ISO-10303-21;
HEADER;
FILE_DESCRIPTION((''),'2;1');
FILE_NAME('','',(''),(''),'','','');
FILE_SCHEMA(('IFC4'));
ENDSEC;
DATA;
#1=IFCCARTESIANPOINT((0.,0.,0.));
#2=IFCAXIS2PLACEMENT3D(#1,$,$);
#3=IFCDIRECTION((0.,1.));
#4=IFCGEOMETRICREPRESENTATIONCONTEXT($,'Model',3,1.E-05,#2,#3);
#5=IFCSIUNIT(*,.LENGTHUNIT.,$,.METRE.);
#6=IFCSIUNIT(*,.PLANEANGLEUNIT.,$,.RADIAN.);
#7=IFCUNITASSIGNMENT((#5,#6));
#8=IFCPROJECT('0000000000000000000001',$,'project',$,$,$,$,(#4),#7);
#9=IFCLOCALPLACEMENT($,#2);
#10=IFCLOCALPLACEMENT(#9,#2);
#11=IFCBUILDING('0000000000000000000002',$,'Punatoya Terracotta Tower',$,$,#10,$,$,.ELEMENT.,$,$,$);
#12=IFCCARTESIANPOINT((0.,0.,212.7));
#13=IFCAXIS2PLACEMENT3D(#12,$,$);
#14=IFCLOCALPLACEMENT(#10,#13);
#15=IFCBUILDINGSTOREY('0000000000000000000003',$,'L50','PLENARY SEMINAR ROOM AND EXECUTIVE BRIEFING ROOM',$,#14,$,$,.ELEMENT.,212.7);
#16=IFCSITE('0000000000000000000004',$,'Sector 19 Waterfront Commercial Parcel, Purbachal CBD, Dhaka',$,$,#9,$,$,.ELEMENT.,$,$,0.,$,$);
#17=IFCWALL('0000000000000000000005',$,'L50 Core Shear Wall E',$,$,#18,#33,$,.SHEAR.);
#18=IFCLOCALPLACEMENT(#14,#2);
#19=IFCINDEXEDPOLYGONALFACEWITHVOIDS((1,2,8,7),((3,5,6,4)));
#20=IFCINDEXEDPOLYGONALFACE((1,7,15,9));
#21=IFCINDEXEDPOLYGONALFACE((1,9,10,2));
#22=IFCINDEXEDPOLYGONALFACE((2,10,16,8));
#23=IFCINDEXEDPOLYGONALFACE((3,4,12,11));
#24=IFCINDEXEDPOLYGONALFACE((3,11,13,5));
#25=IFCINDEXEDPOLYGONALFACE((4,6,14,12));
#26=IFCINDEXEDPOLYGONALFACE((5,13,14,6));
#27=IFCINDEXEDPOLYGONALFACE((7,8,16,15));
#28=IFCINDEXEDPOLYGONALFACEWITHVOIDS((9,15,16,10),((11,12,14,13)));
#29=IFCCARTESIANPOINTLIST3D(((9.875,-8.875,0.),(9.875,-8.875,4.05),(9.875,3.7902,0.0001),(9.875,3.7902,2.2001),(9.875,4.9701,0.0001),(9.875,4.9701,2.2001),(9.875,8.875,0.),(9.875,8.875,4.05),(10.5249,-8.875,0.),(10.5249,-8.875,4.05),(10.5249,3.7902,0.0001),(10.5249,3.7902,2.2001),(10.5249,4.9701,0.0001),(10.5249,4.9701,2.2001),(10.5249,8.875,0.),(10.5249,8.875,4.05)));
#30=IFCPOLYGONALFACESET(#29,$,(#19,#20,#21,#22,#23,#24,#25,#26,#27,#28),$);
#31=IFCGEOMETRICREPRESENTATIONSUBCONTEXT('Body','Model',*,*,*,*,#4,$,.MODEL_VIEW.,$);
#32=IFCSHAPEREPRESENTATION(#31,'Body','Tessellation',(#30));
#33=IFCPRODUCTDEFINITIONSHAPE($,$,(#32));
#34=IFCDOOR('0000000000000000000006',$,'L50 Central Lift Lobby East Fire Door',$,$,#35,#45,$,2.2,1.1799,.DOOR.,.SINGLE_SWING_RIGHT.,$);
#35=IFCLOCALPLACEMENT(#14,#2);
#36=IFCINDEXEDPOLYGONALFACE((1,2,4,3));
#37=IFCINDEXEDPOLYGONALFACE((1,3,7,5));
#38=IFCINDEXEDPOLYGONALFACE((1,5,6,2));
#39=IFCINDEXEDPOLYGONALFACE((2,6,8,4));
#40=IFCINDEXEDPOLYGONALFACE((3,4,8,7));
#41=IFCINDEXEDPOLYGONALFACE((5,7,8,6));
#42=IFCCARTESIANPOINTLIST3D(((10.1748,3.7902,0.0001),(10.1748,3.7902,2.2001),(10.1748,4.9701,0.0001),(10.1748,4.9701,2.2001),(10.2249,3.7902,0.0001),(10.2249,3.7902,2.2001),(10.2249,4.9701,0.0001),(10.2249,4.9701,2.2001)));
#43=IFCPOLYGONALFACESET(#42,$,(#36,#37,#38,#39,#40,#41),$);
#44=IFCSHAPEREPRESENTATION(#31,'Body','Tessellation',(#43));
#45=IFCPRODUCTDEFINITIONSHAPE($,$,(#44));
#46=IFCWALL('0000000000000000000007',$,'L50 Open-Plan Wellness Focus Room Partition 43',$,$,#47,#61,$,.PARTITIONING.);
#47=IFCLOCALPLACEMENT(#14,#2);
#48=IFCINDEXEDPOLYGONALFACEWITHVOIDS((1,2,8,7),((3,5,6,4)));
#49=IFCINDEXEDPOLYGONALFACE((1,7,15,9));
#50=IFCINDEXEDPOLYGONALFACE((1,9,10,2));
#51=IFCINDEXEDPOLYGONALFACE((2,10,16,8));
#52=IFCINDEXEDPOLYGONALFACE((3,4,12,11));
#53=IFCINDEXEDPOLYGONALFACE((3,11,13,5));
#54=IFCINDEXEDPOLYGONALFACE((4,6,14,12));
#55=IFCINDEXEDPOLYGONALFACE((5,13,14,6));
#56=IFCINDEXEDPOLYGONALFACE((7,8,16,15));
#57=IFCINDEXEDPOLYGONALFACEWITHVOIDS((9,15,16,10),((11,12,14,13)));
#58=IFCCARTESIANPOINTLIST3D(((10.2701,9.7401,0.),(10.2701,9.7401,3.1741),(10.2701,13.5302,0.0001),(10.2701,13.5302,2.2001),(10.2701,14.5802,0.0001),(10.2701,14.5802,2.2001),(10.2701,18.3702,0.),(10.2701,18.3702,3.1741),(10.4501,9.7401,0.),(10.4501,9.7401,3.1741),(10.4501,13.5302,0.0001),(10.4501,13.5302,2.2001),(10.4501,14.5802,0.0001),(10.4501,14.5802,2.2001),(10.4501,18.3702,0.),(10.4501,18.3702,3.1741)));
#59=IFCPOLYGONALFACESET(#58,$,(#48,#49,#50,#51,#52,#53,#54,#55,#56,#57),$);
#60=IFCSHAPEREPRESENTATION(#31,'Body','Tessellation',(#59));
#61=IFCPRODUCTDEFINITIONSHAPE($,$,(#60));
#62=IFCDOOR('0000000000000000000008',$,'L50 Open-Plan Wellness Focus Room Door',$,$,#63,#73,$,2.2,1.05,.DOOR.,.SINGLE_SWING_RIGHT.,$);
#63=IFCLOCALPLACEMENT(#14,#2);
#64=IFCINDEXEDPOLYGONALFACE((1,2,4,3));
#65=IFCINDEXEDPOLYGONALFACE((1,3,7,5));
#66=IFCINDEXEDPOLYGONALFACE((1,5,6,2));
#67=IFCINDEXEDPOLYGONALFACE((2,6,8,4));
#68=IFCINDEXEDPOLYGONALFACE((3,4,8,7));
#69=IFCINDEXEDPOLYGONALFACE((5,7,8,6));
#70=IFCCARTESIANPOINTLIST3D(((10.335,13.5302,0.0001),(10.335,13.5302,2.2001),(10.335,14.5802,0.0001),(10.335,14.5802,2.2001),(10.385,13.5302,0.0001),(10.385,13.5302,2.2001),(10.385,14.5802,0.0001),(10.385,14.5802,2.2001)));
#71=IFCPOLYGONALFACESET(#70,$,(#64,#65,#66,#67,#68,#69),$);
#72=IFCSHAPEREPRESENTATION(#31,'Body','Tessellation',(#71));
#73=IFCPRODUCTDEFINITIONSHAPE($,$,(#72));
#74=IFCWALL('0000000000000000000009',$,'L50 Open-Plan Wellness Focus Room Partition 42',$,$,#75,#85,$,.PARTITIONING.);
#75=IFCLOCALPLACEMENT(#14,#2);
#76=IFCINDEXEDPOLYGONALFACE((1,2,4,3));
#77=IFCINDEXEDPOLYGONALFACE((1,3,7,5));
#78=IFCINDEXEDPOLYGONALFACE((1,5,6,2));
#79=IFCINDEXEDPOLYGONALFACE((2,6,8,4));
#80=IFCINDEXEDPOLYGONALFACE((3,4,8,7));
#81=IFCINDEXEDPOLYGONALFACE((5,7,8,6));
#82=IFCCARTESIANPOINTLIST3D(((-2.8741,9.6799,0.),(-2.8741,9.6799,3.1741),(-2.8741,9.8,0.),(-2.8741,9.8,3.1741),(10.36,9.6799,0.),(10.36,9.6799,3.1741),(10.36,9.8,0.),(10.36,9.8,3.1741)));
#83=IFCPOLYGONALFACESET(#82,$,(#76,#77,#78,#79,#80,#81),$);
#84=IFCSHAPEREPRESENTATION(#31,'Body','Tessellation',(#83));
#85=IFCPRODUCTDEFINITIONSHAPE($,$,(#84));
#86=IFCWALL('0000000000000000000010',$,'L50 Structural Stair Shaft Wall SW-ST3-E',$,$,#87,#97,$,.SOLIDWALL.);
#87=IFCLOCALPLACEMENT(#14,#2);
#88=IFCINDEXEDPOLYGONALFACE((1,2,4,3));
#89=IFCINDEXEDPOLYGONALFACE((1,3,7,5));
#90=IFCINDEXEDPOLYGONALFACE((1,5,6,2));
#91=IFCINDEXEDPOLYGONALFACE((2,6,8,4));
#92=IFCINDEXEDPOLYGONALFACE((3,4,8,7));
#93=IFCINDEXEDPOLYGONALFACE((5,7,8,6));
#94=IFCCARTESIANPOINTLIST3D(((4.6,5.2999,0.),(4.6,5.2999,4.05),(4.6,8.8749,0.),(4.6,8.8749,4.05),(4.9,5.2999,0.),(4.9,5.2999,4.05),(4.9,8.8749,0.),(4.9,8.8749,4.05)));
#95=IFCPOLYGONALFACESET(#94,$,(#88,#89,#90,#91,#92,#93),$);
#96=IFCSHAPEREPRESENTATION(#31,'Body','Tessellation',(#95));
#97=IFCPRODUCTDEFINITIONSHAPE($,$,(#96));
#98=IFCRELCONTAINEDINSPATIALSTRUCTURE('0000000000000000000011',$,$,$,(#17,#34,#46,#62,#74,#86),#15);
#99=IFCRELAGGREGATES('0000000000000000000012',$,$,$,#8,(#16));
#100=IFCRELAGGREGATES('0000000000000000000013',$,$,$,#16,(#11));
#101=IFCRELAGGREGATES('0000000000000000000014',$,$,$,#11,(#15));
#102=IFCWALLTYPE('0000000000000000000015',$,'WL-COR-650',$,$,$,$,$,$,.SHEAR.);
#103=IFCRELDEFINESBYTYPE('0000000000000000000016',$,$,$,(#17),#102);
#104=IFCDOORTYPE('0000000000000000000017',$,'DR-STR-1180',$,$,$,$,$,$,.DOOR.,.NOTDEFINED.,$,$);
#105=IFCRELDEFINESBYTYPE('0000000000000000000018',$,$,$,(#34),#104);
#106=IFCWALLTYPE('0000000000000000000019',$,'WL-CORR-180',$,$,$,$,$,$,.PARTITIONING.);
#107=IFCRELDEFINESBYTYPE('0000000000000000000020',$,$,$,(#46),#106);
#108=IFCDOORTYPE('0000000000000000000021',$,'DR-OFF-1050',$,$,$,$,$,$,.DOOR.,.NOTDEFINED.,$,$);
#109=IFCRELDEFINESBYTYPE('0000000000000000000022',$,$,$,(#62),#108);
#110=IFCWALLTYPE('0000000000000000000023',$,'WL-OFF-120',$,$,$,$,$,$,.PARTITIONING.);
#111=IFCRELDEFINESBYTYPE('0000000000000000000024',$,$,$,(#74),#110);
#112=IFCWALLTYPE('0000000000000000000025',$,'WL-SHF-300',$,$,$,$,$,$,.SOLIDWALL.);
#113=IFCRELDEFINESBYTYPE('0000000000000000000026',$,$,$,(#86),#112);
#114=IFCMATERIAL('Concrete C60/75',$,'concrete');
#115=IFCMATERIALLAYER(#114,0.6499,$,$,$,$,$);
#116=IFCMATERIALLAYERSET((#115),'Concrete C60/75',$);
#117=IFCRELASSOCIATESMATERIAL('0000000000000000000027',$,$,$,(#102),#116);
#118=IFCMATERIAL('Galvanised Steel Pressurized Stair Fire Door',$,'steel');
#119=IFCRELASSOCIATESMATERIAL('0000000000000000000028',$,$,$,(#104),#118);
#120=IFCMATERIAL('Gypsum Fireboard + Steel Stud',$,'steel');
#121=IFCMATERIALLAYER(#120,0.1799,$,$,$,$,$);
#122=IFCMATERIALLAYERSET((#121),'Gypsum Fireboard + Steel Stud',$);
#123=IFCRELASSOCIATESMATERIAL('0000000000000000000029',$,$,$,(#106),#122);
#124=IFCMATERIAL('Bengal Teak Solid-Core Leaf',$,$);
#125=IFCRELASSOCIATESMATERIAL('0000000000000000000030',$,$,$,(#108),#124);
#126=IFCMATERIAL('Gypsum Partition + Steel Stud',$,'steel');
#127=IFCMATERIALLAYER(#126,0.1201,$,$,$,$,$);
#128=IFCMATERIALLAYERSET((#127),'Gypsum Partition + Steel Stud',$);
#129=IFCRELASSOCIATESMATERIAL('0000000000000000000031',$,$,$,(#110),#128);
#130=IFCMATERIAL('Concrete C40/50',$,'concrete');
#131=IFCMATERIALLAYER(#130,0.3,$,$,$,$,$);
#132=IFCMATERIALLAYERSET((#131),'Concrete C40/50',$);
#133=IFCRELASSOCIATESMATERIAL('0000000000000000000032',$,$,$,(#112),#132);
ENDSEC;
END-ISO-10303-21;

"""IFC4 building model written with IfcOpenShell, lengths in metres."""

from ifc_helpers import new_model, si_unit, direction, frame, frame_2d, origin, place, context, subcontext, project, spatial, rectangle, extrude, material, layer, layer_set, type_object, element, fill, save


model = new_model("IFC4")

# Units and contexts
model_context = context("Model", 3, precision=1e-05, world=origin(), true_north=direction((0.0, 1.0)))
body_context = subcontext(model_context, "Body", "Model", "MODEL_VIEW")
ifc_project = project(units=[si_unit("LENGTHUNIT", "METRE"), si_unit("PLANEANGLEUNIT", "RADIAN")], contexts=[model_context])

# Site, building, storey
site_placement = place(None, origin())
site = spatial("IfcSite", under=ifc_project, at=site_placement, Name="Sector 19 Waterfront Commercial Parcel, Purbachal CBD, Dhaka", CompositionType="ELEMENT", RefElevation=0.0)
building_placement = place(site_placement, origin())
building = spatial("IfcBuilding", under=site, at=building_placement, Name="Punatoya Terracotta Tower", CompositionType="ELEMENT")
storey_placement = place(building_placement, frame((0.0, 0.0, 212.7)))
storey = spatial("IfcBuildingStorey", under=building, at=storey_placement, Name="L50", Description="PLENARY SEMINAR ROOM AND EXECUTIVE BRIEFING ROOM", CompositionType="ELEMENT", Elevation=212.7)

# Walls, openings, doors
ifc_material_1 = material(Name="Concrete C60/75", Category="concrete")
ifc_layer_1 = layer(ifc_material_1, 0.6499)
ifc_layer_set_1 = layer_set([ifc_layer_1], Name="Concrete C60/75")
wall_type_1 = type_object("IfcWallType", Name="WL-COR-650", PredefinedType="SHEAR", material=ifc_layer_set_1)
wall_1_placement = place(storey_placement, frame((10.2, 8.875, 0.0), z_axis=(0.0, 0.0, 1.0), x_axis=(0.0, -1.0, 0.0)))
wall_1 = element("IfcWall", 1, at=wall_1_placement, inside=storey, type_object=wall_type_1, Name="L50 Core Shear Wall E", PredefinedType="SHEAR", context=body_context, shape_type="SweptSolid", body=[
    extrude(rectangle(XDim=17.75, YDim=0.6499, at=frame_2d((8.875, 0.0))), origin(), (0.0, 0.0, 1.0), 4.05),
])
opening_1_placement = place(wall_1_placement, frame((3.905, 0.0, 0.0)))
opening_1 = element("IfcOpeningElement", 2, at=opening_1_placement, cuts=wall_1, PredefinedType="OPENING", context=body_context, shape_type="SweptSolid", body=[
    extrude(rectangle(XDim=1.1799, YDim=2.2, at=frame_2d((0.5898, 1.1001))), frame((0.0, 0.335, 0.0), z_axis=(0.0, -1.0, 0.0), x_axis=(1.0, 0.0, 0.0)), (0.0, 0.0, 1.0), 0.6699),
])
ifc_material_2 = material(Name="Galvanised Steel Pressurized Stair Fire Door", Category="steel")
door_type_1 = type_object("IfcDoorType", Name="DR-STR-1180", OperationType="NOTDEFINED", PredefinedType="DOOR", material=ifc_material_2)
door_1_placement = place(opening_1_placement, origin())
door_1 = element("IfcDoor", 3, at=door_1_placement, inside=storey, type_object=door_type_1, Name="L50 Central Lift Lobby East Fire Door", OperationType="SINGLE_SWING_RIGHT", OverallHeight=2.2, OverallWidth=1.1799, PredefinedType="DOOR", context=body_context, shape_type="SweptSolid", body=[
    extrude(rectangle(XDim=1.1799, YDim=2.2, at=frame_2d((0.5898, 1.1001))), frame((0.0, 0.0249, 0.0), z_axis=(0.0, -1.0, 0.0), x_axis=(1.0, 0.0, 0.0)), (0.0, 0.0, 1.0), 0.05),
])
fill(opening_1, door_1)
ifc_material_3 = material(Name="Gypsum Fireboard + Steel Stud", Category="steel")
ifc_layer_2 = layer(ifc_material_3, 0.1799)
ifc_layer_set_2 = layer_set([ifc_layer_2], Name="Gypsum Fireboard + Steel Stud")
wall_type_2 = type_object("IfcWallType", Name="WL-CORR-180", PredefinedType="PARTITIONING", material=ifc_layer_set_2)
wall_2_placement = place(storey_placement, frame((10.3601, 18.3701, 0.0), z_axis=(0.0, 0.0, 1.0), x_axis=(0.0, -1.0, 0.0)))
wall_2 = element("IfcWall", 4, at=wall_2_placement, inside=storey, type_object=wall_type_2, Name="L50 Open-Plan Wellness Focus Room Partition 43", PredefinedType="PARTITIONING", context=body_context, shape_type="SweptSolid", body=[
    extrude(rectangle(XDim=8.6301, YDim=0.1799, at=frame_2d((4.3149, 0.0))), origin(), (0.0, 0.0, 1.0), 3.1741),
])
opening_2_placement = place(wall_2_placement, frame((3.79, 0.0, 0.0)))
opening_2 = element("IfcOpeningElement", 5, at=opening_2_placement, cuts=wall_2, PredefinedType="OPENING", context=body_context, shape_type="SweptSolid", body=[
    extrude(rectangle(XDim=1.05, YDim=2.2, at=frame_2d((0.5249, 1.1001))), frame((0.0, 0.0999, 0.0), z_axis=(0.0, -1.0, 0.0), x_axis=(1.0, 0.0, 0.0)), (0.0, 0.0, 1.0), 0.2),
])
ifc_material_4 = material(Name="Bengal Teak Solid-Core Leaf")
door_type_2 = type_object("IfcDoorType", Name="DR-OFF-1050", OperationType="NOTDEFINED", PredefinedType="DOOR", material=ifc_material_4)
door_2_placement = place(opening_2_placement, origin())
door_2 = element("IfcDoor", 6, at=door_2_placement, inside=storey, type_object=door_type_2, Name="L50 Open-Plan Wellness Focus Room Door", OperationType="SINGLE_SWING_RIGHT", OverallHeight=2.2, OverallWidth=1.05, PredefinedType="DOOR", context=body_context, shape_type="SweptSolid", body=[
    extrude(rectangle(XDim=1.05, YDim=2.2, at=frame_2d((0.5249, 1.1001))), frame((0.0, 0.0249, 0.0), z_axis=(0.0, -1.0, 0.0), x_axis=(1.0, 0.0, 0.0)), (0.0, 0.0, 1.0), 0.05),
])
fill(opening_2, door_2)

# Walls
ifc_material_5 = material(Name="Gypsum Partition + Steel Stud", Category="steel")
ifc_layer_3 = layer(ifc_material_5, 0.1201)
ifc_layer_set_3 = layer_set([ifc_layer_3], Name="Gypsum Partition + Steel Stud")
wall_type_3 = type_object("IfcWallType", Name="WL-OFF-120", PredefinedType="PARTITIONING", material=ifc_layer_set_3)
wall_3_placement = place(storey_placement, frame((10.3601, 9.74, 0.0), z_axis=(0.0, 0.0, 1.0), x_axis=(-1.0, 0.0, 0.0)))
element("IfcWall", 7, at=wall_3_placement, inside=storey, type_object=wall_type_3, Name="L50 Open-Plan Wellness Focus Room Partition 42", PredefinedType="PARTITIONING", context=body_context, shape_type="SweptSolid", body=[
    extrude(rectangle(XDim=13.2341, YDim=0.1201, at=frame_2d((6.6172, 0.0))), origin(), (0.0, 0.0, 1.0), 3.1741),
])
ifc_material_6 = material(Name="Concrete C40/50", Category="concrete")
ifc_layer_4 = layer(ifc_material_6, 0.3)
ifc_layer_set_4 = layer_set([ifc_layer_4], Name="Concrete C40/50")
wall_type_4 = type_object("IfcWallType", Name="WL-SHF-300", PredefinedType="SOLIDWALL", material=ifc_layer_set_4)
wall_4_placement = place(storey_placement, frame((4.75, 8.875, 0.0), z_axis=(0.0, 0.0, 1.0), x_axis=(0.0, -1.0, 0.0)))
element("IfcWall", 8, at=wall_4_placement, inside=storey, type_object=wall_type_4, Name="L50 Structural Stair Shaft Wall SW-ST3-E", PredefinedType="SOLIDWALL", context=body_context, shape_type="SweptSolid", body=[
    extrude(rectangle(XDim=3.575, YDim=0.3, at=frame_2d((1.7876, 0.0))), origin(), (0.0, 0.0, 1.0), 4.05),
])

save(model, "model.ifc")
